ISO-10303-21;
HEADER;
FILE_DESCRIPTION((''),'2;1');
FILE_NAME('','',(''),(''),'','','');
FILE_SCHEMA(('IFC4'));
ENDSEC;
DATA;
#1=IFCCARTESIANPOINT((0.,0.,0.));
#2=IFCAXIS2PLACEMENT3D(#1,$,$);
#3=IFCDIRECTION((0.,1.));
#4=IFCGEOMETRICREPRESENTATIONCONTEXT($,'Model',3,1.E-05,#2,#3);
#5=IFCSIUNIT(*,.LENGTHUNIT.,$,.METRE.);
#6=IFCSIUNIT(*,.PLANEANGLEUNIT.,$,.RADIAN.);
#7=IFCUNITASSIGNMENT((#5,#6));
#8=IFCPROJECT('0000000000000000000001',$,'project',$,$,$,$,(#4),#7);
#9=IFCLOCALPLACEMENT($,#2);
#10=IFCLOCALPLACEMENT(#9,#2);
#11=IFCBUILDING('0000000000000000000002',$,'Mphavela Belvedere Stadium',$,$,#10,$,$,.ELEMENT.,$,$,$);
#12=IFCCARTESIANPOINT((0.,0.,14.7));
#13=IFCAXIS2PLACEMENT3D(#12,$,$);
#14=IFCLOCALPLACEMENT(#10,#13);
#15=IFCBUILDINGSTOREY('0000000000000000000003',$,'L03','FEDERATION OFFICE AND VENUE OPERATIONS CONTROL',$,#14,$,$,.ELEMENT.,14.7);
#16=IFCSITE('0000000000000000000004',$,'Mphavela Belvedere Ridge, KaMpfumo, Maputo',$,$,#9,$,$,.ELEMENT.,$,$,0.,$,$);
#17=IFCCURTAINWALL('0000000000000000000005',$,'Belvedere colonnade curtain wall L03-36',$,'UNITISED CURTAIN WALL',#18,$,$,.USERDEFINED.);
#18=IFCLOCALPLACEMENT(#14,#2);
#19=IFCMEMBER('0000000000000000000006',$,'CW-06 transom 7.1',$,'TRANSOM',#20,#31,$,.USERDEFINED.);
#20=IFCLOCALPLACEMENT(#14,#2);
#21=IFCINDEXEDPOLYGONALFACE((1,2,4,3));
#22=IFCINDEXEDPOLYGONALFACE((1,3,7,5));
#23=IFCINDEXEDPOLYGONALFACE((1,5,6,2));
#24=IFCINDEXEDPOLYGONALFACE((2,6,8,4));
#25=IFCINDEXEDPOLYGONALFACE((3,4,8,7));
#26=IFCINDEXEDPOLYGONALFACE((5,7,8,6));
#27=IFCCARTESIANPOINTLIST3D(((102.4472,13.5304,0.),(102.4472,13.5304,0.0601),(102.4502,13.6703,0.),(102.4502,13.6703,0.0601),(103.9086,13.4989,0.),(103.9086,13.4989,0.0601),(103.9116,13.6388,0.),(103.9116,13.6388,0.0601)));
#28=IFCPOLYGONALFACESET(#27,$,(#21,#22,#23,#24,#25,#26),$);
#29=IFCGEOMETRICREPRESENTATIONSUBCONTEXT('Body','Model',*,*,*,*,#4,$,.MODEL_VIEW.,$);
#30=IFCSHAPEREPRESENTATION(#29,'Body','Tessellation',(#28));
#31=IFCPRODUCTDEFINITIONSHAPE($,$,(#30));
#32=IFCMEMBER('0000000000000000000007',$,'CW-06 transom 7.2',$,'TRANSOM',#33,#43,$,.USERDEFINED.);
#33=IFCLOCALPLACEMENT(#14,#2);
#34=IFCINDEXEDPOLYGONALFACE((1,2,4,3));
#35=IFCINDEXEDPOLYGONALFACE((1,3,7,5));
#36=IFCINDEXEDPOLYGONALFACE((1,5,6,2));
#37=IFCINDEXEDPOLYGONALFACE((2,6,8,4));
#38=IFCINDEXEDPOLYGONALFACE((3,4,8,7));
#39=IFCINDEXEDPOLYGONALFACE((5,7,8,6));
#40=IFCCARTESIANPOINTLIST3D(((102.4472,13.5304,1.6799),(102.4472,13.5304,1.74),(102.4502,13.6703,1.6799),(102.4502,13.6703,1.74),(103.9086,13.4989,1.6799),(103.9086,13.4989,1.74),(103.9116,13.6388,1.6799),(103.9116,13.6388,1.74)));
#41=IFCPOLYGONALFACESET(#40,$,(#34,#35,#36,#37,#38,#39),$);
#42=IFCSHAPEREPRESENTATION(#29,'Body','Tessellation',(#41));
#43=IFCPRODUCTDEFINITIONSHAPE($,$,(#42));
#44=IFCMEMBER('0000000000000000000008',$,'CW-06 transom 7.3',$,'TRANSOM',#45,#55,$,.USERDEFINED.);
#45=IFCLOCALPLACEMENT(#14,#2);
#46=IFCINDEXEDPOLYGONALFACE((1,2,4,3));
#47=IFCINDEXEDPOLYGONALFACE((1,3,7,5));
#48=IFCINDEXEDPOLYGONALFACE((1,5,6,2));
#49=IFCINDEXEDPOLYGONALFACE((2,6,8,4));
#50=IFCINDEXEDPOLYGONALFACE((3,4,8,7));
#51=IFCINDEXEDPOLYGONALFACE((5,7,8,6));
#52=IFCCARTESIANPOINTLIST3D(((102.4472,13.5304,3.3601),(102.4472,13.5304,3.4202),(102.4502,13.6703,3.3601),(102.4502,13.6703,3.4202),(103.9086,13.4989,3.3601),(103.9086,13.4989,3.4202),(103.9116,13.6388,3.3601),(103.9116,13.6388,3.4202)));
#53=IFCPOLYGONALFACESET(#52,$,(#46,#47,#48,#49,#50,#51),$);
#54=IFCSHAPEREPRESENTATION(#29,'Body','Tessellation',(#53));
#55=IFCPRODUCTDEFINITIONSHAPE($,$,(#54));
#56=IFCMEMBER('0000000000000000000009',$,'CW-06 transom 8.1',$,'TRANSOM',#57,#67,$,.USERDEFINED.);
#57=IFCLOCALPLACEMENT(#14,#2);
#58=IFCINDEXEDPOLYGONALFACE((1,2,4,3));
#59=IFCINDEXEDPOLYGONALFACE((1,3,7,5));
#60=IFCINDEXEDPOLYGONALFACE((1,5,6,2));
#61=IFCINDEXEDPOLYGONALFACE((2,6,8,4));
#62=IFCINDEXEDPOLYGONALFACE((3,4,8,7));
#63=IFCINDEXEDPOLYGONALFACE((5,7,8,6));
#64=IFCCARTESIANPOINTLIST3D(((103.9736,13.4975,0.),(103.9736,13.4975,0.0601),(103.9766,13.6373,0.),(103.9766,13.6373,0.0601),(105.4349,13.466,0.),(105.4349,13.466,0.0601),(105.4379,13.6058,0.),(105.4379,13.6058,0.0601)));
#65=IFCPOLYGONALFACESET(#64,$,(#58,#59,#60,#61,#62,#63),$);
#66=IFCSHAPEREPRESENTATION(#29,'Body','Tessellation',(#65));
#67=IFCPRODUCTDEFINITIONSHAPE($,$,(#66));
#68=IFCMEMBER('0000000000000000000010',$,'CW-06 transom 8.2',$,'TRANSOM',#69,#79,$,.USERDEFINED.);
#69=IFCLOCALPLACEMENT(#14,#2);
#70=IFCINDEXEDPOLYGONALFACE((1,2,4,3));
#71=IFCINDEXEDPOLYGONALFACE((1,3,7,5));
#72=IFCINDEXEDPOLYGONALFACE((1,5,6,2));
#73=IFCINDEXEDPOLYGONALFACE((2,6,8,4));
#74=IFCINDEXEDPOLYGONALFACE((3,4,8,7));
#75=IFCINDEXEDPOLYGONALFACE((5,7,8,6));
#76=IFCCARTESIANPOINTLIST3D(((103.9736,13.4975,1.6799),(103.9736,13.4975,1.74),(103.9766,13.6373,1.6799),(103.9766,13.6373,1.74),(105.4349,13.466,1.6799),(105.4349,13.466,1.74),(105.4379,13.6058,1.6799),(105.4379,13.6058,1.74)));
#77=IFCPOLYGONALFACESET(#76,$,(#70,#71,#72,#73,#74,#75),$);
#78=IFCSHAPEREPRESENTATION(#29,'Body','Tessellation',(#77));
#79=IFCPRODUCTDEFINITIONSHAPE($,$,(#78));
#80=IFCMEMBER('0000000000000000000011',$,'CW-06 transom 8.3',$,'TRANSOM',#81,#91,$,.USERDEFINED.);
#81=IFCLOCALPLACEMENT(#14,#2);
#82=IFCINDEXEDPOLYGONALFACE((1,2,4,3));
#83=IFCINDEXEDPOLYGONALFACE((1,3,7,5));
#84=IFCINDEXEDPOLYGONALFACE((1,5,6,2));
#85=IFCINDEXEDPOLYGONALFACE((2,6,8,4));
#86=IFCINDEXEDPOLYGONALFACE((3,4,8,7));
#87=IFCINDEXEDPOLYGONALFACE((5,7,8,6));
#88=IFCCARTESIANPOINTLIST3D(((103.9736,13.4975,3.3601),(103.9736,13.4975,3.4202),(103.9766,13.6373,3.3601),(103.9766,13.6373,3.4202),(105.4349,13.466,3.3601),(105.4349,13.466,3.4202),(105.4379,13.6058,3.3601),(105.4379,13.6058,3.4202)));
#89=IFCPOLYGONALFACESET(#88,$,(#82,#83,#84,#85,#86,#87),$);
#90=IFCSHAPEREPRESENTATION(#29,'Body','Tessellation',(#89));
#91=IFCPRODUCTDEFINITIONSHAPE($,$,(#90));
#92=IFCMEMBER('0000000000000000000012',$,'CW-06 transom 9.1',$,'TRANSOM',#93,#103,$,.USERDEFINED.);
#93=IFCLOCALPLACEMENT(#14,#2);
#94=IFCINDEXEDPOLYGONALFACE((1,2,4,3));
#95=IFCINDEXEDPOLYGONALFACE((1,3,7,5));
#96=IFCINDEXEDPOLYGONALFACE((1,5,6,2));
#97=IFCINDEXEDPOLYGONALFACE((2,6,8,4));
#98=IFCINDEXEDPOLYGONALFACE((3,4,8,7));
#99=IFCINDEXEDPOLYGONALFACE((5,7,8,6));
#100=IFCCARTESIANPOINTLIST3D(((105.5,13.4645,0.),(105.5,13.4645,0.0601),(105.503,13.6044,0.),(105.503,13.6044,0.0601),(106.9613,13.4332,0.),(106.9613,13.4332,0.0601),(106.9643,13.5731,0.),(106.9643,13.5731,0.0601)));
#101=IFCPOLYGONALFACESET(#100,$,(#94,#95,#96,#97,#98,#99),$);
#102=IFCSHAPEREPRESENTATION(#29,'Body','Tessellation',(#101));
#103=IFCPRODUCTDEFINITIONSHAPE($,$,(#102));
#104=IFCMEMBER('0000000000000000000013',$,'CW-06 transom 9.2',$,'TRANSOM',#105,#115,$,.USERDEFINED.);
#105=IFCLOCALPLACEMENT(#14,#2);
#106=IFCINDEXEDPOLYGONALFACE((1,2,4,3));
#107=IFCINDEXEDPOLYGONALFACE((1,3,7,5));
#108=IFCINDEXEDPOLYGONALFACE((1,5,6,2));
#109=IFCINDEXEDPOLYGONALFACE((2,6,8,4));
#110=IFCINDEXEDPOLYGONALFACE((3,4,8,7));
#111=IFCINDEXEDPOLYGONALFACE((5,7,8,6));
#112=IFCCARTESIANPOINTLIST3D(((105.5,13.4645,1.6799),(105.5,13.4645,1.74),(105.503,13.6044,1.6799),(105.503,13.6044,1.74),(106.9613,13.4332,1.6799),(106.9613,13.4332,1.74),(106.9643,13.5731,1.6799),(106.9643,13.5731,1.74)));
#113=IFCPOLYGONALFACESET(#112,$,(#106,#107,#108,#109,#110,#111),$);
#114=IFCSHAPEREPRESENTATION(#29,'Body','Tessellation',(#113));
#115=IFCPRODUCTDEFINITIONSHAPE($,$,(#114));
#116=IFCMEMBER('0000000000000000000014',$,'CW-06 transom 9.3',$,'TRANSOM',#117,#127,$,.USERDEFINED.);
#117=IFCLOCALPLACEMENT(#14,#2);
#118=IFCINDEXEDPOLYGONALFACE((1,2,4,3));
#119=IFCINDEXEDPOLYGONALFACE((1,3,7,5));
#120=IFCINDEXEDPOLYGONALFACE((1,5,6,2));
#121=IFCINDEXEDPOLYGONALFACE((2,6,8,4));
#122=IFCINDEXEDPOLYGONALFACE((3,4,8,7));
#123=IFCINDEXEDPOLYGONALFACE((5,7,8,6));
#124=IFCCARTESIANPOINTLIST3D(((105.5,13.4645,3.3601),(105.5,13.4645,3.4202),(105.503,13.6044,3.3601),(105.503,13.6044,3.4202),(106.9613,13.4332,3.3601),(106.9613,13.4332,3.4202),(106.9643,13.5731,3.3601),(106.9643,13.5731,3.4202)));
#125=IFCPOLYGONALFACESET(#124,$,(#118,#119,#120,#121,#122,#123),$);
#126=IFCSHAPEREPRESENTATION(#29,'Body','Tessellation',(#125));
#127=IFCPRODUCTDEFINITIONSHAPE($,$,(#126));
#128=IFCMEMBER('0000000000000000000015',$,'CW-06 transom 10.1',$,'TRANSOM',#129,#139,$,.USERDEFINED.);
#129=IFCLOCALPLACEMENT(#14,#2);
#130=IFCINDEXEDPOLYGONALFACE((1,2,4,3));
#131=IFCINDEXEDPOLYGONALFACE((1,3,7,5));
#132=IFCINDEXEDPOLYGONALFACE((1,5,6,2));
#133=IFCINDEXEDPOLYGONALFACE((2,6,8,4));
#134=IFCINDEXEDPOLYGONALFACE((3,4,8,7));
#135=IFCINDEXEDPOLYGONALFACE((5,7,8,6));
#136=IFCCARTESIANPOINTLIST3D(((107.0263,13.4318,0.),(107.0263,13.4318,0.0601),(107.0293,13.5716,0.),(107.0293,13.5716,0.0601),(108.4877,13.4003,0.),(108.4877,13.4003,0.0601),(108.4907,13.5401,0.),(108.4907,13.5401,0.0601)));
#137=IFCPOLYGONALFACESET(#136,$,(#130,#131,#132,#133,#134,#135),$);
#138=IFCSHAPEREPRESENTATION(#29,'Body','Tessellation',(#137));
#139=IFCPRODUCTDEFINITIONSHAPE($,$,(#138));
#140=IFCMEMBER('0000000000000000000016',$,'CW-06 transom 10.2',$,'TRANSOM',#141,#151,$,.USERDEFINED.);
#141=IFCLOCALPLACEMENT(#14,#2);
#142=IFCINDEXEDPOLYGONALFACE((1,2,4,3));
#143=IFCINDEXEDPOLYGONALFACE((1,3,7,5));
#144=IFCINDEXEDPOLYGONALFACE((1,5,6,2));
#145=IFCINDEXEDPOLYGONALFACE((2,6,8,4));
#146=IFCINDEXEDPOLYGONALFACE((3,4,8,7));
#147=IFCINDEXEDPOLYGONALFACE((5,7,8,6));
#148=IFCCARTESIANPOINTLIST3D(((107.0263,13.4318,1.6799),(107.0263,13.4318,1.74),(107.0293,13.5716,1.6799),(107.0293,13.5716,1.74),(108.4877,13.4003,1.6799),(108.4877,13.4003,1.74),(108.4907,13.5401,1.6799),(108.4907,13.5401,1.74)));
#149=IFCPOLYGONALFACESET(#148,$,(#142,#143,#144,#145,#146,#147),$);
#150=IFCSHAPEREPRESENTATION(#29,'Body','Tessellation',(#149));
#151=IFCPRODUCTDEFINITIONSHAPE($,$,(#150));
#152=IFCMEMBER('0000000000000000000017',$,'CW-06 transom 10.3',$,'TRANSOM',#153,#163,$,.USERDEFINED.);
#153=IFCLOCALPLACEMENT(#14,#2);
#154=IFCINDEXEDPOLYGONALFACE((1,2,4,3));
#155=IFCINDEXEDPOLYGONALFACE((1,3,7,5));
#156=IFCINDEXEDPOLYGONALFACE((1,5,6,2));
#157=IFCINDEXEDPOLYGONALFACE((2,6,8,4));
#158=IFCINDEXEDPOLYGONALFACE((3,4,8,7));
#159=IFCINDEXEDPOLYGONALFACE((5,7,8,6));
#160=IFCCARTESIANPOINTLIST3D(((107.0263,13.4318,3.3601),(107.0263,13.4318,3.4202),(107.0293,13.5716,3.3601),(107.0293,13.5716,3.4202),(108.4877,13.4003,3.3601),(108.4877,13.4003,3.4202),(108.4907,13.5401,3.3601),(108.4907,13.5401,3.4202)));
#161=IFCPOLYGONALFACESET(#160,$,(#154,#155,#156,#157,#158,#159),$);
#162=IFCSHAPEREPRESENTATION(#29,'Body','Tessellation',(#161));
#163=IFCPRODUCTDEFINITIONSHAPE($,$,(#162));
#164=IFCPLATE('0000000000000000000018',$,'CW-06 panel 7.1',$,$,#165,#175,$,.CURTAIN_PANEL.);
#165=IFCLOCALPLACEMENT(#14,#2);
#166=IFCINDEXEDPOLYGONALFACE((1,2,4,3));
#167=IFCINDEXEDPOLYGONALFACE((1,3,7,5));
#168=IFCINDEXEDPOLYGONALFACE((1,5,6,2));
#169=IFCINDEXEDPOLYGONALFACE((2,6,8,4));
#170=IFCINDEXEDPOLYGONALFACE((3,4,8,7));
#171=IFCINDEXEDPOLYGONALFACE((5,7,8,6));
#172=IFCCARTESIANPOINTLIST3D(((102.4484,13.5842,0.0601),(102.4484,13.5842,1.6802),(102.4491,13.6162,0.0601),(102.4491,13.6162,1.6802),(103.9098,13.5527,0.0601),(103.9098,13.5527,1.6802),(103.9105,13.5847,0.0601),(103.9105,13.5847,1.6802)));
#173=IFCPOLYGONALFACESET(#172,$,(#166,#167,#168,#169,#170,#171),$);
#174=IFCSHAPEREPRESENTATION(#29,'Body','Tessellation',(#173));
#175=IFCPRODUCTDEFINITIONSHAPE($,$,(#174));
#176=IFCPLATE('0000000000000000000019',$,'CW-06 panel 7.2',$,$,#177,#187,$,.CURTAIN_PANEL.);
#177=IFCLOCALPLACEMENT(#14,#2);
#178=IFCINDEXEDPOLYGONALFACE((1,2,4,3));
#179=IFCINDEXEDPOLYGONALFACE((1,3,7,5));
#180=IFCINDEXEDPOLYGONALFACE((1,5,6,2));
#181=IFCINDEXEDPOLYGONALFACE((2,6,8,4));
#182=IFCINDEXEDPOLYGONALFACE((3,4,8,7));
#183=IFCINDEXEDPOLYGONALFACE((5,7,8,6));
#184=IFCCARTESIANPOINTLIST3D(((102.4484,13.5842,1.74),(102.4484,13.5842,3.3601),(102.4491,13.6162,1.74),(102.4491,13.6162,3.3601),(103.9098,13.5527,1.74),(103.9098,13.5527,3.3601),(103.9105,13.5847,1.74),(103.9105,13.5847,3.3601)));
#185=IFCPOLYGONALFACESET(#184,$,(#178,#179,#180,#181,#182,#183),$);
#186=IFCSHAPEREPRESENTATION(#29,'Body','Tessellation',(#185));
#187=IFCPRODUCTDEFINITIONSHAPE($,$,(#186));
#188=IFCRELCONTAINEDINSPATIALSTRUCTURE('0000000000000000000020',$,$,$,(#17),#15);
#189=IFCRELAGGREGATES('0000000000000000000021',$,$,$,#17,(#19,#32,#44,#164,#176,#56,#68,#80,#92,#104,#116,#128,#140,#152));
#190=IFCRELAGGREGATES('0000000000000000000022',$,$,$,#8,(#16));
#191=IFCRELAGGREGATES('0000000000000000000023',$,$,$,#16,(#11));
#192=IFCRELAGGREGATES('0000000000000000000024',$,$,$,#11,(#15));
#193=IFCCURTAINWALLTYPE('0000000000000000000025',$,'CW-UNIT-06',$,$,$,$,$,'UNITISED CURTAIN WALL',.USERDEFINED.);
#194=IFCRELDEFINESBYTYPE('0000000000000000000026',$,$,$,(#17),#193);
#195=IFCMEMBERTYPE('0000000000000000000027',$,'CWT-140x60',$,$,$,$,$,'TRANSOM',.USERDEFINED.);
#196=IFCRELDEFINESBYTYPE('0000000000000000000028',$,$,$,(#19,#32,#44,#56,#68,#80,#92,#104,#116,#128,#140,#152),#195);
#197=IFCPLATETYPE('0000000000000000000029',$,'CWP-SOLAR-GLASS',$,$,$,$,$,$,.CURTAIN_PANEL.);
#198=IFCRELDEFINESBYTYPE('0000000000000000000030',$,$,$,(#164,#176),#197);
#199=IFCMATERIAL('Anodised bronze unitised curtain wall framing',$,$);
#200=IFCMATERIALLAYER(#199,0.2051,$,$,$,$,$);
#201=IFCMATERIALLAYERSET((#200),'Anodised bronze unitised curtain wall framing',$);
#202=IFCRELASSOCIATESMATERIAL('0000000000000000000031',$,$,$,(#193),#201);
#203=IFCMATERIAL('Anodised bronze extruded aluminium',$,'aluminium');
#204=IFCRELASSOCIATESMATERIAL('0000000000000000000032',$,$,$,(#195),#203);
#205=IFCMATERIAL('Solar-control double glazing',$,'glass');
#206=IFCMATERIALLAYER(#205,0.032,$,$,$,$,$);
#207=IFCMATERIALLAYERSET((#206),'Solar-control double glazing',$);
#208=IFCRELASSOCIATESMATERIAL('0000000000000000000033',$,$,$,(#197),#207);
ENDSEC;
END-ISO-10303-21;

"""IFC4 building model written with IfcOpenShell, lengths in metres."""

from ifc_helpers import new_model, si_unit, direction, frame, origin, origin_2d, place, context, subcontext, project, spatial, rectangle, extrude, material, layer, layer_set, material_profile, profile_set, type_object, element, aggregate, save


model = new_model("IFC4")

# Units and contexts
model_context = context("Model", 3, precision=1e-05, world=origin(), true_north=direction((0.0, 1.0)))
body_context = subcontext(model_context, "Body", "Model", "MODEL_VIEW")
ifc_project = project(units=[si_unit("LENGTHUNIT", "METRE"), si_unit("PLANEANGLEUNIT", "RADIAN")], contexts=[model_context])

# Site, building, storey
site_placement = place(None, origin())
site = spatial("IfcSite", under=ifc_project, at=site_placement, Name="Mphavela Belvedere Ridge, KaMpfumo, Maputo", CompositionType="ELEMENT", RefElevation=0.0)
building_placement = place(site_placement, origin())
building = spatial("IfcBuilding", under=site, at=building_placement, Name="Mphavela Belvedere Stadium", CompositionType="ELEMENT")
storey_placement = place(building_placement, frame((0.0, 0.0, 14.7)))
storey = spatial("IfcBuildingStorey", under=building, at=storey_placement, Name="L03", Description="FEDERATION OFFICE AND VENUE OPERATIONS CONTROL", CompositionType="ELEMENT", Elevation=14.7)

# Curtain wall, members, plates
ifc_material_1 = material(Name="Anodised bronze unitised curtain wall framing")
ifc_layer_1 = layer(ifc_material_1, 0.2051)
ifc_layer_set_1 = layer_set([ifc_layer_1], Name="Anodised bronze unitised curtain wall framing")
curtain_wall_type = type_object("IfcCurtainWallType", Name="CW-UNIT-06", ElementType="UNITISED CURTAIN WALL", PredefinedType="USERDEFINED", material=ifc_layer_set_1)
curtain_wall_placement = place(storey_placement, origin())
curtain_wall = element("IfcCurtainWall", 1, at=curtain_wall_placement, inside=storey, type_object=curtain_wall_type, Name="Belvedere colonnade curtain wall L03-36", ObjectType="UNITISED CURTAIN WALL", PredefinedType="USERDEFINED")
ifc_material_2 = material(Name="Anodised bronze extruded aluminium", Category="aluminium")
ifc_material_profile_1 = material_profile(ifc_material_2, rectangle(XDim=0.1399, YDim=0.0601, at=origin_2d()), Name="CW-TRN 140x60")
ifc_profile_set_1 = profile_set([ifc_material_profile_1], Name="Anodised bronze extruded aluminium")
member_type_1 = type_object("IfcMemberType", Name="CWT-140x60", ElementType="TRANSOM", PredefinedType="USERDEFINED", material=ifc_profile_set_1)
member_1_placement = place(storey_placement, frame((102.4487, 13.6003, 0.03), z_axis=(0.999768, -0.021545, 0.0), x_axis=(0.021545, 0.999768, 0.0)))
member_1 = element("IfcMember", 2, at=member_1_placement, type_object=member_type_1, Name="CW-06 transom 7.1", ObjectType="TRANSOM", PredefinedType="USERDEFINED", context=body_context, shape_type="SweptSolid", body=[
    extrude(rectangle(XDim=0.1399, YDim=0.0601, at=origin_2d()), origin(), (0.0, 0.0, 1.0), 1.4617),
])
member_2_placement = place(storey_placement, frame((102.4487, 13.6003, 1.71), z_axis=(0.999768, -0.021545, 0.0), x_axis=(0.021545, 0.999768, 0.0)))
member_2 = element("IfcMember", 3, at=member_2_placement, type_object=member_type_1, Name="CW-06 transom 7.2", ObjectType="TRANSOM", PredefinedType="USERDEFINED", context=body_context, shape_type="SweptSolid", body=[
    extrude(rectangle(XDim=0.1399, YDim=0.0601, at=origin_2d()), origin(), (0.0, 0.0, 1.0), 1.4617),
])
member_3_placement = place(storey_placement, frame((102.4487, 13.6003, 3.3901), z_axis=(0.999768, -0.021545, 0.0), x_axis=(0.021545, 0.999768, 0.0)))
member_3 = element("IfcMember", 4, at=member_3_placement, type_object=member_type_1, Name="CW-06 transom 7.3", ObjectType="TRANSOM", PredefinedType="USERDEFINED", context=body_context, shape_type="SweptSolid", body=[
    extrude(rectangle(XDim=0.1399, YDim=0.0601, at=origin_2d()), origin(), (0.0, 0.0, 1.0), 1.4617),
])
member_4_placement = place(storey_placement, frame((103.9751, 13.5674, 0.03), z_axis=(0.999768, -0.021545, 0.0), x_axis=(0.021545, 0.999768, 0.0)))
member_4 = element("IfcMember", 5, at=member_4_placement, type_object=member_type_1, Name="CW-06 transom 8.1", ObjectType="TRANSOM", PredefinedType="USERDEFINED", context=body_context, shape_type="SweptSolid", body=[
    extrude(rectangle(XDim=0.1399, YDim=0.0601, at=origin_2d()), origin(), (0.0, 0.0, 1.0), 1.4617),
])
member_5_placement = place(storey_placement, frame((103.9751, 13.5674, 1.71), z_axis=(0.999768, -0.021545, 0.0), x_axis=(0.021545, 0.999768, 0.0)))
member_5 = element("IfcMember", 6, at=member_5_placement, type_object=member_type_1, Name="CW-06 transom 8.2", ObjectType="TRANSOM", PredefinedType="USERDEFINED", context=body_context, shape_type="SweptSolid", body=[
    extrude(rectangle(XDim=0.1399, YDim=0.0601, at=origin_2d()), origin(), (0.0, 0.0, 1.0), 1.4617),
])
member_6_placement = place(storey_placement, frame((103.9751, 13.5674, 3.3901), z_axis=(0.999768, -0.021545, 0.0), x_axis=(0.021545, 0.999768, 0.0)))
member_6 = element("IfcMember", 7, at=member_6_placement, type_object=member_type_1, Name="CW-06 transom 8.3", ObjectType="TRANSOM", PredefinedType="USERDEFINED", context=body_context, shape_type="SweptSolid", body=[
    extrude(rectangle(XDim=0.1399, YDim=0.0601, at=origin_2d()), origin(), (0.0, 0.0, 1.0), 1.4617),
])
member_7_placement = place(storey_placement, frame((105.5015, 13.5344, 0.03), z_axis=(0.999771, -0.021378, 0.0), x_axis=(0.021378, 0.999771, 0.0)))
member_7 = element("IfcMember", 8, at=member_7_placement, type_object=member_type_1, Name="CW-06 transom 9.1", ObjectType="TRANSOM", PredefinedType="USERDEFINED", context=body_context, shape_type="SweptSolid", body=[
    extrude(rectangle(XDim=0.1399, YDim=0.0601, at=origin_2d()), origin(), (0.0, 0.0, 1.0), 1.4617),
])
member_8_placement = place(storey_placement, frame((105.5015, 13.5344, 1.71), z_axis=(0.999771, -0.021378, 0.0), x_axis=(0.021378, 0.999771, 0.0)))
member_8 = element("IfcMember", 9, at=member_8_placement, type_object=member_type_1, Name="CW-06 transom 9.2", ObjectType="TRANSOM", PredefinedType="USERDEFINED", context=body_context, shape_type="SweptSolid", body=[
    extrude(rectangle(XDim=0.1399, YDim=0.0601, at=origin_2d()), origin(), (0.0, 0.0, 1.0), 1.4617),
])
member_9_placement = place(storey_placement, frame((105.5015, 13.5344, 3.3901), z_axis=(0.999771, -0.021378, 0.0), x_axis=(0.021378, 0.999771, 0.0)))
member_9 = element("IfcMember", 10, at=member_9_placement, type_object=member_type_1, Name="CW-06 transom 9.3", ObjectType="TRANSOM", PredefinedType="USERDEFINED", context=body_context, shape_type="SweptSolid", body=[
    extrude(rectangle(XDim=0.1399, YDim=0.0601, at=origin_2d()), origin(), (0.0, 0.0, 1.0), 1.4617),
])
member_10_placement = place(storey_placement, frame((107.0278, 13.5017, 0.03), z_axis=(0.999768, -0.021545, 0.0), x_axis=(0.021545, 0.999768, 0.0)))
member_10 = element("IfcMember", 11, at=member_10_placement, type_object=member_type_1, Name="CW-06 transom 10.1", ObjectType="TRANSOM", PredefinedType="USERDEFINED", context=body_context, shape_type="SweptSolid", body=[
    extrude(rectangle(XDim=0.1399, YDim=0.0601, at=origin_2d()), origin(), (0.0, 0.0, 1.0), 1.4617),
])
member_11_placement = place(storey_placement, frame((107.0278, 13.5017, 1.71), z_axis=(0.999768, -0.021545, 0.0), x_axis=(0.021545, 0.999768, 0.0)))
member_11 = element("IfcMember", 12, at=member_11_placement, type_object=member_type_1, Name="CW-06 transom 10.2", ObjectType="TRANSOM", PredefinedType="USERDEFINED", context=body_context, shape_type="SweptSolid", body=[
    extrude(rectangle(XDim=0.1399, YDim=0.0601, at=origin_2d()), origin(), (0.0, 0.0, 1.0), 1.4617),
])
member_12_placement = place(storey_placement, frame((107.0278, 13.5017, 3.3901), z_axis=(0.999768, -0.021545, 0.0), x_axis=(0.021545, 0.999768, 0.0)))
member_12 = element("IfcMember", 13, at=member_12_placement, type_object=member_type_1, Name="CW-06 transom 10.3", ObjectType="TRANSOM", PredefinedType="USERDEFINED", context=body_context, shape_type="SweptSolid", body=[
    extrude(rectangle(XDim=0.1399, YDim=0.0601, at=origin_2d()), origin(), (0.0, 0.0, 1.0), 1.4617),
])
ifc_material_3 = material(Name="Solar-control double glazing", Category="glass")
ifc_layer_2 = layer(ifc_material_3, 0.032)
ifc_layer_set_2 = layer_set([ifc_layer_2], Name="Solar-control double glazing")
plate_type = type_object("IfcPlateType", Name="CWP-SOLAR-GLASS", PredefinedType="CURTAIN_PANEL", material=ifc_layer_set_2)
plate_1_placement = place(storey_placement, frame((103.1794, 13.5845, 0.0601), z_axis=(0.0, 0.0, 1.0), x_axis=(0.999768, -0.021531, 0.0)))
plate_1 = element("IfcPlate", 14, at=plate_1_placement, type_object=plate_type, Name="CW-06 panel 7.1", PredefinedType="CURTAIN_PANEL", context=body_context, shape_type="SweptSolid", body=[
    extrude(rectangle(XDim=1.4617, YDim=0.032, at=origin_2d()), origin(), (0.0, 0.0, 1.0), 1.6201),
])
plate_2_placement = place(storey_placement, frame((103.1794, 13.5845, 1.74), z_axis=(0.0, 0.0, 1.0), x_axis=(0.999768, -0.021531, 0.0)))
plate_2 = element("IfcPlate", 15, at=plate_2_placement, type_object=plate_type, Name="CW-06 panel 7.2", PredefinedType="CURTAIN_PANEL", context=body_context, shape_type="SweptSolid", body=[
    extrude(rectangle(XDim=1.4617, YDim=0.032, at=origin_2d()), origin(), (0.0, 0.0, 1.0), 1.6201),
])
aggregate(curtain_wall, [member_1, member_2, member_3, plate_1, plate_2, member_4, member_5, member_6, member_7, member_8, member_9, member_10, member_11, member_12])

save(model, "model.ifc")
